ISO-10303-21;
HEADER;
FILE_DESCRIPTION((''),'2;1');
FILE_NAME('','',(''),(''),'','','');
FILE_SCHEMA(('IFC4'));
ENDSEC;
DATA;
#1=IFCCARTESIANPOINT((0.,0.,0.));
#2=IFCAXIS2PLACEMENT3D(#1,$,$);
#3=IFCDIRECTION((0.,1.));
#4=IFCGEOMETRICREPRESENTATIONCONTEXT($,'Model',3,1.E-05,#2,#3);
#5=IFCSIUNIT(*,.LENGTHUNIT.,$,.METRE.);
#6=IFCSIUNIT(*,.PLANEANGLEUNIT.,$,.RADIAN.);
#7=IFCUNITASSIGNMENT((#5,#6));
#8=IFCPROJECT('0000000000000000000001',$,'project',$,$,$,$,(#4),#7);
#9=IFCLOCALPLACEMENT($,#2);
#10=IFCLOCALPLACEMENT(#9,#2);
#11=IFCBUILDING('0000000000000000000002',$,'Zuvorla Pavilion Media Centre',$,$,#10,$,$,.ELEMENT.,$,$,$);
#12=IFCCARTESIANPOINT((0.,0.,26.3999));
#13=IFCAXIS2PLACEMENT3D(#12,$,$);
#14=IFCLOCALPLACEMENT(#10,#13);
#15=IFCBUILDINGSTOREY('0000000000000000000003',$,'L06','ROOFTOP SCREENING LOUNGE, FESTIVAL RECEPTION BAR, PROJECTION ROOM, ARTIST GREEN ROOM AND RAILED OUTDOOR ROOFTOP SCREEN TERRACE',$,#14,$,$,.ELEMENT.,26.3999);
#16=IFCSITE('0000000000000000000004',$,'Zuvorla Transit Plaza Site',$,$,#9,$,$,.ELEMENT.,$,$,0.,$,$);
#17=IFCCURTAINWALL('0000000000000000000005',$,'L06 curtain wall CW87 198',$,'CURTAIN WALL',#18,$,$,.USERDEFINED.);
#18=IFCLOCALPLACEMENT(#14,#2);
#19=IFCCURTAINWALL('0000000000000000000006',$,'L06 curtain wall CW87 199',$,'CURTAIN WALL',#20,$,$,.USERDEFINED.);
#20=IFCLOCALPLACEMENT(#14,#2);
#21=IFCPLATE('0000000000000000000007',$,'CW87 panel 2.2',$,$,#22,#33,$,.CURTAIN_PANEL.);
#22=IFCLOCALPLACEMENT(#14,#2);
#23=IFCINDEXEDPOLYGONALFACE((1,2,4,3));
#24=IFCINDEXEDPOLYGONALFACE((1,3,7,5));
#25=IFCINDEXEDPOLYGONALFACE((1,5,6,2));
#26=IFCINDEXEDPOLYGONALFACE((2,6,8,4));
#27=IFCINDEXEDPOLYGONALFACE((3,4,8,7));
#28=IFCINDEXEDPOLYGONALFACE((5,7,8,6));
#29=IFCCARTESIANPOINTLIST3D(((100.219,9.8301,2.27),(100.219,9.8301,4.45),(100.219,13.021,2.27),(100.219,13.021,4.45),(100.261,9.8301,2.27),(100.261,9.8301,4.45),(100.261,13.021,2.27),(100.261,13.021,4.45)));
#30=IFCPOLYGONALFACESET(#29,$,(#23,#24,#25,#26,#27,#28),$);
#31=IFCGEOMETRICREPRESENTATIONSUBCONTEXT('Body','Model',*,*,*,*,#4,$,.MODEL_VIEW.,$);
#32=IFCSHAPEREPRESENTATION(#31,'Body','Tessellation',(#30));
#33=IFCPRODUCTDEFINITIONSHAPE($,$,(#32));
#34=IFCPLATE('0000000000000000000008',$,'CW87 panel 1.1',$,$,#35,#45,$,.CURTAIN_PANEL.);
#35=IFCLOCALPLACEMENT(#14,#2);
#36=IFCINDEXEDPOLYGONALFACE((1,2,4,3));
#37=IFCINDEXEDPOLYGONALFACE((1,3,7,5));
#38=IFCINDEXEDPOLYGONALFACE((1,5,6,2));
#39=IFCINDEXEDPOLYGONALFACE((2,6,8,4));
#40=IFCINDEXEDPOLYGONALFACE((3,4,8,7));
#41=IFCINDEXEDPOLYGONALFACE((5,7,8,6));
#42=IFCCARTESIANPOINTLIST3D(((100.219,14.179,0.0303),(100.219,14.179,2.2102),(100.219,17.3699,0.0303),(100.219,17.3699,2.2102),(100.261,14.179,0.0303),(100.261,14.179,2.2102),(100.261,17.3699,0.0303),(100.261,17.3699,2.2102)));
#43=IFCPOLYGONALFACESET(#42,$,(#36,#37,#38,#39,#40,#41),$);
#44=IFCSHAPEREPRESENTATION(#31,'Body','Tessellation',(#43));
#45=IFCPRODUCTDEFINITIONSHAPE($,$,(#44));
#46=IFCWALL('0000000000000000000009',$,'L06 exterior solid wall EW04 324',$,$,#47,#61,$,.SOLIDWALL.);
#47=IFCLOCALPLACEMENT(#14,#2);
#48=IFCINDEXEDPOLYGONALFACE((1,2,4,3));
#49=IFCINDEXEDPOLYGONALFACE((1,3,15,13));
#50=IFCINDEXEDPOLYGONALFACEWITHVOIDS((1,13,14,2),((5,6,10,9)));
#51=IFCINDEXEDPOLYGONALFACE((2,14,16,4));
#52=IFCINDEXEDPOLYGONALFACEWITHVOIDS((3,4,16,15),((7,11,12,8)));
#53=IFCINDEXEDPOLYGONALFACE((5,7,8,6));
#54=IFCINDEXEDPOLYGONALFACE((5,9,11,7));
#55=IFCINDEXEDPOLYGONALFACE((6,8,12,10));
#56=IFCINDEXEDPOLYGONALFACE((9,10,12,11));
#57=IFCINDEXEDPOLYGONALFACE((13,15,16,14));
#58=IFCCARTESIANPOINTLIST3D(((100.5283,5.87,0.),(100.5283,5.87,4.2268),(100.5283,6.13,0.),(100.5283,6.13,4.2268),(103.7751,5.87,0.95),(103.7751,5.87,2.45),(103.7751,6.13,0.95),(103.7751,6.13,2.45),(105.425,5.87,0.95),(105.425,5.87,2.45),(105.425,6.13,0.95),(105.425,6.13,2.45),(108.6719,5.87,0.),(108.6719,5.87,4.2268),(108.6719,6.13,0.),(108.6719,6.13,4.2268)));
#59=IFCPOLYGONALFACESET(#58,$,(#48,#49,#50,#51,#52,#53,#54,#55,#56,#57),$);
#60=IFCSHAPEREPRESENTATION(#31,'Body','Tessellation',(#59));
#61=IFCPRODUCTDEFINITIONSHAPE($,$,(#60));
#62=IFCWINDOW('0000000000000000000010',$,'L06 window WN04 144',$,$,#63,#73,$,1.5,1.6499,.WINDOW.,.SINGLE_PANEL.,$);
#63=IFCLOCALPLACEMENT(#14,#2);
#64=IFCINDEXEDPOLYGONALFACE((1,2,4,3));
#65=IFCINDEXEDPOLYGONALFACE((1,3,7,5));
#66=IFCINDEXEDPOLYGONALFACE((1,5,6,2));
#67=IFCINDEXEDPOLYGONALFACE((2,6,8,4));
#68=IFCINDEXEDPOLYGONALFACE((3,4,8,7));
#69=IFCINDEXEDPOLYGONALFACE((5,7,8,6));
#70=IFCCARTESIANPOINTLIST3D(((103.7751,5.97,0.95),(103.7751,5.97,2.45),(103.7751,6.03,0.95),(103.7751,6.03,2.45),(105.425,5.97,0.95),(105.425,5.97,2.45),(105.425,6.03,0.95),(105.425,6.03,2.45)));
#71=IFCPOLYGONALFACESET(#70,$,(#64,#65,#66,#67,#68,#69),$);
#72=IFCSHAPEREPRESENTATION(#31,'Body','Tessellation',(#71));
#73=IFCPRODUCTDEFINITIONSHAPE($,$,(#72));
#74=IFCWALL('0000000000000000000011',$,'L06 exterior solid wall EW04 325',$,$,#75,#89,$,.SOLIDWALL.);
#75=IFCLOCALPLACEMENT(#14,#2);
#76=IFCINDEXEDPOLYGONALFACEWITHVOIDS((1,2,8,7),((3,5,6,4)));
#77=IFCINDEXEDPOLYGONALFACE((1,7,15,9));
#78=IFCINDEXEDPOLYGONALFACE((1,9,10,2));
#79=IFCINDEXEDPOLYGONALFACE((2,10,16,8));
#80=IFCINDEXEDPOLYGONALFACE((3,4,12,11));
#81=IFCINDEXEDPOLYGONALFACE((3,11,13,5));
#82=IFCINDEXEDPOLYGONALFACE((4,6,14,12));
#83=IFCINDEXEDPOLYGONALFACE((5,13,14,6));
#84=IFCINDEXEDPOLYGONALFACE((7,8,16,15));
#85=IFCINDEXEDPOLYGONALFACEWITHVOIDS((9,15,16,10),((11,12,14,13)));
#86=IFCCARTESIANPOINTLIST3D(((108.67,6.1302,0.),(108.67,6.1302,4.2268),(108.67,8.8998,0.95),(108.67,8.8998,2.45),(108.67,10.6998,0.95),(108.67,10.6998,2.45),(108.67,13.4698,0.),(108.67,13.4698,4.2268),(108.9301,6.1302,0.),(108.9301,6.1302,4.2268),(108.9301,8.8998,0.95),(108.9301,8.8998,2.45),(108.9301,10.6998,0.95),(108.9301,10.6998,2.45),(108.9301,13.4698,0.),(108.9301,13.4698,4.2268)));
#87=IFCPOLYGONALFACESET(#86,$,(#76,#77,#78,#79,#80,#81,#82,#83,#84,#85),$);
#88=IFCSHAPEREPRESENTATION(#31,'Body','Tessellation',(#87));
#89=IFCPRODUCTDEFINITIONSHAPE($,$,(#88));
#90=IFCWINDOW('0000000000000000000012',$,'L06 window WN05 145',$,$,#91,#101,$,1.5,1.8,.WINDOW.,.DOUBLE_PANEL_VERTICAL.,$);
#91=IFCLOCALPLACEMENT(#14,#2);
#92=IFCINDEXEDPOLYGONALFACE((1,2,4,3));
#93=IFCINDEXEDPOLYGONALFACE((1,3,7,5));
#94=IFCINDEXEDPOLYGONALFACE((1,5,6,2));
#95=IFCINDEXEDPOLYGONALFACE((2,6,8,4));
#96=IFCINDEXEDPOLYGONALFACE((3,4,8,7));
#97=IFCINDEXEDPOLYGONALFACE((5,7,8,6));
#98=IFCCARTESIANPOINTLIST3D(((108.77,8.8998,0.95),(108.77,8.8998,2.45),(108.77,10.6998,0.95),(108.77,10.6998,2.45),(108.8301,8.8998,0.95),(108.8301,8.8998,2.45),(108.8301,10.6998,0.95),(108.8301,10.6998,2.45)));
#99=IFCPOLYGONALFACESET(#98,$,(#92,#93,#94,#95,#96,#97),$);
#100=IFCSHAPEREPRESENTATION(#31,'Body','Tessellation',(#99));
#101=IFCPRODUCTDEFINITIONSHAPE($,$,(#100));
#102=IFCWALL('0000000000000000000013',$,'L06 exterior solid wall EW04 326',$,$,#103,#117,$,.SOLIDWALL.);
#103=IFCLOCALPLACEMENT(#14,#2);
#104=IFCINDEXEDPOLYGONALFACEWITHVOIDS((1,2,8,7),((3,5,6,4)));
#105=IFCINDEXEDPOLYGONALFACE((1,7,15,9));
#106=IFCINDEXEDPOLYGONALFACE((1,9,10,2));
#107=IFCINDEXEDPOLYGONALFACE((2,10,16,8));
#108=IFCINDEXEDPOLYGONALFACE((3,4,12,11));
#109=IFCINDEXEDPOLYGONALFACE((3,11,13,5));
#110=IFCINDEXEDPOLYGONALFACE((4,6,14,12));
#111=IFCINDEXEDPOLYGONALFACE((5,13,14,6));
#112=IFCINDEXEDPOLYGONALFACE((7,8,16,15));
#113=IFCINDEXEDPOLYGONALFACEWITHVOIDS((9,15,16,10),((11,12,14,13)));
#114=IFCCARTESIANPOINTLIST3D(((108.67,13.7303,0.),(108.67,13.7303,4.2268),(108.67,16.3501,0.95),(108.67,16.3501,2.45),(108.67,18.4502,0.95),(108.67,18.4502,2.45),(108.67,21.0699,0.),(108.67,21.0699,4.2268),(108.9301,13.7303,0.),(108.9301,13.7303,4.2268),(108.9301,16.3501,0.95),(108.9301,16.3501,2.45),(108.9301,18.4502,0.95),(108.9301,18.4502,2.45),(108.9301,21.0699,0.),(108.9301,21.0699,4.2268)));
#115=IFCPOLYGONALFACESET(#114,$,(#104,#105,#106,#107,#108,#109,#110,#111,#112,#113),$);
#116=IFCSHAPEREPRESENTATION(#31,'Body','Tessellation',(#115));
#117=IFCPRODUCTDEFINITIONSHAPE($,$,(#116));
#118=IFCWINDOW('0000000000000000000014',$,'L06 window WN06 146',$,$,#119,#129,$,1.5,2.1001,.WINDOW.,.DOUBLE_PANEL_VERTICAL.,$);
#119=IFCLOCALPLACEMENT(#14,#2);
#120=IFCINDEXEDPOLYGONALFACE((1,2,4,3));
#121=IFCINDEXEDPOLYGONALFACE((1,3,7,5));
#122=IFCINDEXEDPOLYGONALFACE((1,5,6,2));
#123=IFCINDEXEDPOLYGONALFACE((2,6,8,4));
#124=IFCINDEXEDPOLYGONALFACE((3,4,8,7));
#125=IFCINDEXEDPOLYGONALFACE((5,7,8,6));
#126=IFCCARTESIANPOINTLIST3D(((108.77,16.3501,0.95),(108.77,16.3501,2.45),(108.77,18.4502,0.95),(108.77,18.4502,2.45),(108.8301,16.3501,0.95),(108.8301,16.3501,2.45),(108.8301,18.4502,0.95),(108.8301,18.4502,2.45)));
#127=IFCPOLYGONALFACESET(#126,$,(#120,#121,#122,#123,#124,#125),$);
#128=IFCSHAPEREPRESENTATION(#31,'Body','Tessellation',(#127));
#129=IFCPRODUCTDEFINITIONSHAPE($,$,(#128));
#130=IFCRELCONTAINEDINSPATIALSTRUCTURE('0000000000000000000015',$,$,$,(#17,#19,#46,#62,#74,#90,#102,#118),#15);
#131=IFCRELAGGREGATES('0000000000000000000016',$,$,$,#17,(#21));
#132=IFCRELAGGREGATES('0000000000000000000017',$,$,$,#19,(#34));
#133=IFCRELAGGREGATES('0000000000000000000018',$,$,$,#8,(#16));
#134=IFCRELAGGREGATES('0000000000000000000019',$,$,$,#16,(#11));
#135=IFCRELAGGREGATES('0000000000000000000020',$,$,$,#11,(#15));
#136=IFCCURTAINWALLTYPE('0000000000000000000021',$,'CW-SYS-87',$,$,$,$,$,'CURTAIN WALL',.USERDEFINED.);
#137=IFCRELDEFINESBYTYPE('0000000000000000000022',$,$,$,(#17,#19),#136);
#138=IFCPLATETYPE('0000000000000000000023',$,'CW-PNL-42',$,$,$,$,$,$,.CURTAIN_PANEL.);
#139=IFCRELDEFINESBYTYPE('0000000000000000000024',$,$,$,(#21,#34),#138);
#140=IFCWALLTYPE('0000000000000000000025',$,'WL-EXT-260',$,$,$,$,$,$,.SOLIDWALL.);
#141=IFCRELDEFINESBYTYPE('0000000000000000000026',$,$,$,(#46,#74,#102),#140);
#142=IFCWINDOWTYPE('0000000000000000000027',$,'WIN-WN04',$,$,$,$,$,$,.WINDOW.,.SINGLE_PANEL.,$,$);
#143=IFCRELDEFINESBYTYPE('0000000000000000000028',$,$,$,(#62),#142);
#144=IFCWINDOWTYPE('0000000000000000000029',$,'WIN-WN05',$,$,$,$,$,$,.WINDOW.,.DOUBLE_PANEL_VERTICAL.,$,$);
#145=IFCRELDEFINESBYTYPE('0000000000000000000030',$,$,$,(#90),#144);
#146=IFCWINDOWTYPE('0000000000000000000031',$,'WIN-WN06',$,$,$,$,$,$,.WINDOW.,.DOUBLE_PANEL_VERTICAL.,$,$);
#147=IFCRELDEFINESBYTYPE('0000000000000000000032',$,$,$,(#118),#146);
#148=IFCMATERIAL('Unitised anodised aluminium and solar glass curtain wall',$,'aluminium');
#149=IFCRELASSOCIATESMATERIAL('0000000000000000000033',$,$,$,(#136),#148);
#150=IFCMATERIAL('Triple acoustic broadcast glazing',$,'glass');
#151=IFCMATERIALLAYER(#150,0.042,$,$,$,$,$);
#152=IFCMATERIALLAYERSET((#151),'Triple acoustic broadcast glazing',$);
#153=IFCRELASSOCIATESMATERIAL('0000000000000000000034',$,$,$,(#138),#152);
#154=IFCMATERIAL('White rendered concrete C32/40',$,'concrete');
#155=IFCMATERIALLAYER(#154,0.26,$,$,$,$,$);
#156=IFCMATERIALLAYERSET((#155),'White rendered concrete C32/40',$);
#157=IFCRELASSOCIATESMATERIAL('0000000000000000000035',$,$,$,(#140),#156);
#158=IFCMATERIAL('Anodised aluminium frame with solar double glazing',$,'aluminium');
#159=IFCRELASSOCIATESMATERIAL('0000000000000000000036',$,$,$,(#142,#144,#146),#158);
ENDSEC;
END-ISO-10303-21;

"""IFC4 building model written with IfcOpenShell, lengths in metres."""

from ifc_helpers import new_model, si_unit, direction, frame, frame_2d, origin, origin_2d, place, context, subcontext, project, spatial, rectangle, extrude, material, layer, layer_set, type_object, element, fill, aggregate, save


model = new_model("IFC4")

# Units and contexts
model_context = context("Model", 3, precision=1e-05, world=origin(), true_north=direction((0.0, 1.0)))
body_context = subcontext(model_context, "Body", "Model", "MODEL_VIEW")
ifc_project = project(units=[si_unit("LENGTHUNIT", "METRE"), si_unit("PLANEANGLEUNIT", "RADIAN")], contexts=[model_context])

# Site, building, storey
site_placement = place(None, origin())
site = spatial("IfcSite", under=ifc_project, at=site_placement, Name="Zuvorla Transit Plaza Site", CompositionType="ELEMENT", RefElevation=0.0)
building_placement = place(site_placement, origin())
building = spatial("IfcBuilding", under=site, at=building_placement, Name="Zuvorla Pavilion Media Centre", CompositionType="ELEMENT")
storey_placement = place(building_placement, frame((0.0, 0.0, 26.3999)))
storey = spatial("IfcBuildingStorey", under=building, at=storey_placement, Name="L06", Description="ROOFTOP SCREENING LOUNGE, FESTIVAL RECEPTION BAR, PROJECTION ROOM, ARTIST GREEN ROOM AND RAILED OUTDOOR ROOFTOP SCREEN TERRACE", CompositionType="ELEMENT", Elevation=26.3999)

# Curtain wall
ifc_material_1 = material(Name="Unitised anodised aluminium and solar glass curtain wall", Category="aluminium")
curtain_wall_type = type_object("IfcCurtainWallType", Name="CW-SYS-87", ElementType="CURTAIN WALL", PredefinedType="USERDEFINED", material=ifc_material_1)
curtain_wall_1_placement = place(storey_placement, origin())
curtain_wall_1 = element("IfcCurtainWall", 1, at=curtain_wall_1_placement, inside=storey, type_object=curtain_wall_type, Name="L06 curtain wall CW87 198", ObjectType="CURTAIN WALL", PredefinedType="USERDEFINED")

# Curtain wall
curtain_wall_2_placement = place(storey_placement, origin())
curtain_wall_2 = element("IfcCurtainWall", 2, at=curtain_wall_2_placement, inside=storey, type_object=curtain_wall_type, Name="L06 curtain wall CW87 199", ObjectType="CURTAIN WALL", PredefinedType="USERDEFINED")

# Plates
ifc_material_2 = material(Name="Triple acoustic broadcast glazing", Category="glass")
ifc_layer_1 = layer(ifc_material_2, 0.042)
ifc_layer_set_1 = layer_set([ifc_layer_1], Name="Triple acoustic broadcast glazing")
plate_type = type_object("IfcPlateType", Name="CW-PNL-42", PredefinedType="CURTAIN_PANEL", material=ifc_layer_set_1)
plate_1_placement = place(storey_placement, frame((100.24, 11.4255, 2.27), z_axis=(0.0, 0.0, 1.0), x_axis=(0.0, 1.0, 0.0)))
plate_1 = element("IfcPlate", 3, at=plate_1_placement, type_object=plate_type, Name="CW87 panel 2.2", PredefinedType="CURTAIN_PANEL", context=body_context, shape_type="SweptSolid", body=[
    extrude(rectangle(XDim=3.1909, YDim=0.042, at=origin_2d()), origin(), (0.0, 0.0, 1.0), 2.1799),
])
aggregate(curtain_wall_1, [plate_1])
plate_2_placement = place(storey_placement, frame((100.24, 15.7744, 0.0303), z_axis=(0.0, 0.0, 1.0), x_axis=(0.0, 1.0, 0.0)))
plate_2 = element("IfcPlate", 4, at=plate_2_placement, type_object=plate_type, Name="CW87 panel 1.1", PredefinedType="CURTAIN_PANEL", context=body_context, shape_type="SweptSolid", body=[
    extrude(rectangle(XDim=3.1909, YDim=0.042, at=origin_2d()), origin(), (0.0, 0.0, 1.0), 2.1799),
])
aggregate(curtain_wall_2, [plate_2])

# Walls, openings, windows
ifc_material_3 = material(Name="White rendered concrete C32/40", Category="concrete")
ifc_layer_2 = layer(ifc_material_3, 0.26)
ifc_layer_set_2 = layer_set([ifc_layer_2], Name="White rendered concrete C32/40")
wall_type = type_object("IfcWallType", Name="WL-EXT-260", PredefinedType="SOLIDWALL", material=ifc_layer_set_2)
wall_1_placement = place(storey_placement, frame((100.5283, 6.0, 0.0), z_axis=(0.0, 0.0, 1.0), x_axis=(1.0, 0.0, 0.0)))
wall_1 = element("IfcWall", 5, at=wall_1_placement, inside=storey, type_object=wall_type, Name="L06 exterior solid wall EW04 324", PredefinedType="SOLIDWALL", context=body_context, shape_type="SweptSolid", body=[
    extrude(rectangle(XDim=8.1436, YDim=0.26, at=frame_2d((4.0718, 0.0))), origin(), (0.0, 0.0, 1.0), 4.2268),
])
opening_1_placement = place(wall_1_placement, frame((3.2468, 0.0, 0.95)))
opening_1 = element("IfcOpeningElement", 6, at=opening_1_placement, cuts=wall_1, PredefinedType="OPENING", context=body_context, shape_type="SweptSolid", body=[
    extrude(rectangle(XDim=1.6499, YDim=1.5, at=frame_2d((0.825, 0.75))), frame((0.0, 0.1399, 0.0), z_axis=(0.0, -1.0, 0.0), x_axis=(1.0, 0.0, 0.0)), (0.0, 0.0, 1.0), 0.28),
])
ifc_material_4 = material(Name="Anodised aluminium frame with solar double glazing", Category="aluminium")
window_type_1 = type_object("IfcWindowType", Name="WIN-WN04", PartitioningType="SINGLE_PANEL", PredefinedType="WINDOW", material=ifc_material_4)
window_1_placement = place(opening_1_placement, origin())
window_1 = element("IfcWindow", 7, at=window_1_placement, inside=storey, type_object=window_type_1, Name="L06 window WN04 144", OverallHeight=1.5, OverallWidth=1.6499, PartitioningType="SINGLE_PANEL", PredefinedType="WINDOW", context=body_context, shape_type="SweptSolid", body=[
    extrude(rectangle(XDim=1.6499, YDim=1.5, at=frame_2d((0.825, 0.75))), frame((0.0, 0.03, 0.0), z_axis=(0.0, -1.0, 0.0), x_axis=(1.0, 0.0, 0.0)), (0.0, 0.0, 1.0), 0.0601),
])
fill(opening_1, window_1)
wall_2_placement = place(storey_placement, frame((108.8, 6.1301, 0.0), z_axis=(0.0, 0.0, 1.0), x_axis=(0.0, 1.0, 0.0)))
wall_2 = element("IfcWall", 8, at=wall_2_placement, inside=storey, type_object=wall_type, Name="L06 exterior solid wall EW04 325", PredefinedType="SOLIDWALL", context=body_context, shape_type="SweptSolid", body=[
    extrude(rectangle(XDim=7.3396, YDim=0.26, at=frame_2d((3.6699, 0.0))), origin(), (0.0, 0.0, 1.0), 4.2268),
])
opening_2_placement = place(wall_2_placement, frame((2.7698, 0.0, 0.95)))
opening_2 = element("IfcOpeningElement", 9, at=opening_2_placement, cuts=wall_2, PredefinedType="OPENING", context=body_context, shape_type="SweptSolid", body=[
    extrude(rectangle(XDim=1.8, YDim=1.5, at=frame_2d((0.8999, 0.75))), frame((0.0, 0.1399, 0.0), z_axis=(0.0, -1.0, 0.0), x_axis=(1.0, 0.0, 0.0)), (0.0, 0.0, 1.0), 0.28),
])
window_type_2 = type_object("IfcWindowType", Name="WIN-WN05", PartitioningType="DOUBLE_PANEL_VERTICAL", PredefinedType="WINDOW", material=ifc_material_4)
window_2_placement = place(opening_2_placement, origin())
window_2 = element("IfcWindow", 10, at=window_2_placement, inside=storey, type_object=window_type_2, Name="L06 window WN05 145", OverallHeight=1.5, OverallWidth=1.8, PartitioningType="DOUBLE_PANEL_VERTICAL", PredefinedType="WINDOW", context=body_context, shape_type="SweptSolid", body=[
    extrude(rectangle(XDim=1.8, YDim=1.5, at=frame_2d((0.8999, 0.75))), frame((0.0, 0.03, 0.0), z_axis=(0.0, -1.0, 0.0), x_axis=(1.0, 0.0, 0.0)), (0.0, 0.0, 1.0), 0.0601),
])
fill(opening_2, window_2)
wall_3_placement = place(storey_placement, frame((108.8, 13.7302, 0.0), z_axis=(0.0, 0.0, 1.0), x_axis=(0.0, 1.0, 0.0)))
wall_3 = element("IfcWall", 11, at=wall_3_placement, inside=storey, type_object=wall_type, Name="L06 exterior solid wall EW04 326", PredefinedType="SOLIDWALL", context=body_context, shape_type="SweptSolid", body=[
    extrude(rectangle(XDim=7.3396, YDim=0.26, at=frame_2d((3.6699, 0.0))), origin(), (0.0, 0.0, 1.0), 4.2268),
])
opening_3_placement = place(wall_3_placement, frame((2.6199, 0.0, 0.95)))
opening_3 = element("IfcOpeningElement", 12, at=opening_3_placement, cuts=wall_3, PredefinedType="OPENING", context=body_context, shape_type="SweptSolid", body=[
    extrude(rectangle(XDim=2.1001, YDim=1.5, at=frame_2d((1.05, 0.75))), frame((0.0, 0.1399, 0.0), z_axis=(0.0, -1.0, 0.0), x_axis=(1.0, 0.0, 0.0)), (0.0, 0.0, 1.0), 0.28),
])
window_type_3 = type_object("IfcWindowType", Name="WIN-WN06", PartitioningType="DOUBLE_PANEL_VERTICAL", PredefinedType="WINDOW", material=ifc_material_4)
window_3_placement = place(opening_3_placement, origin())
window_3 = element("IfcWindow", 13, at=window_3_placement, inside=storey, type_object=window_type_3, Name="L06 window WN06 146", OverallHeight=1.5, OverallWidth=2.1001, PartitioningType="DOUBLE_PANEL_VERTICAL", PredefinedType="WINDOW", context=body_context, shape_type="SweptSolid", body=[
    extrude(rectangle(XDim=2.1001, YDim=1.5, at=frame_2d((1.05, 0.75))), frame((0.0, 0.03, 0.0), z_axis=(0.0, -1.0, 0.0), x_axis=(1.0, 0.0, 0.0)), (0.0, 0.0, 1.0), 0.0601),
])
fill(opening_3, window_3)

save(model, "model.ifc")
